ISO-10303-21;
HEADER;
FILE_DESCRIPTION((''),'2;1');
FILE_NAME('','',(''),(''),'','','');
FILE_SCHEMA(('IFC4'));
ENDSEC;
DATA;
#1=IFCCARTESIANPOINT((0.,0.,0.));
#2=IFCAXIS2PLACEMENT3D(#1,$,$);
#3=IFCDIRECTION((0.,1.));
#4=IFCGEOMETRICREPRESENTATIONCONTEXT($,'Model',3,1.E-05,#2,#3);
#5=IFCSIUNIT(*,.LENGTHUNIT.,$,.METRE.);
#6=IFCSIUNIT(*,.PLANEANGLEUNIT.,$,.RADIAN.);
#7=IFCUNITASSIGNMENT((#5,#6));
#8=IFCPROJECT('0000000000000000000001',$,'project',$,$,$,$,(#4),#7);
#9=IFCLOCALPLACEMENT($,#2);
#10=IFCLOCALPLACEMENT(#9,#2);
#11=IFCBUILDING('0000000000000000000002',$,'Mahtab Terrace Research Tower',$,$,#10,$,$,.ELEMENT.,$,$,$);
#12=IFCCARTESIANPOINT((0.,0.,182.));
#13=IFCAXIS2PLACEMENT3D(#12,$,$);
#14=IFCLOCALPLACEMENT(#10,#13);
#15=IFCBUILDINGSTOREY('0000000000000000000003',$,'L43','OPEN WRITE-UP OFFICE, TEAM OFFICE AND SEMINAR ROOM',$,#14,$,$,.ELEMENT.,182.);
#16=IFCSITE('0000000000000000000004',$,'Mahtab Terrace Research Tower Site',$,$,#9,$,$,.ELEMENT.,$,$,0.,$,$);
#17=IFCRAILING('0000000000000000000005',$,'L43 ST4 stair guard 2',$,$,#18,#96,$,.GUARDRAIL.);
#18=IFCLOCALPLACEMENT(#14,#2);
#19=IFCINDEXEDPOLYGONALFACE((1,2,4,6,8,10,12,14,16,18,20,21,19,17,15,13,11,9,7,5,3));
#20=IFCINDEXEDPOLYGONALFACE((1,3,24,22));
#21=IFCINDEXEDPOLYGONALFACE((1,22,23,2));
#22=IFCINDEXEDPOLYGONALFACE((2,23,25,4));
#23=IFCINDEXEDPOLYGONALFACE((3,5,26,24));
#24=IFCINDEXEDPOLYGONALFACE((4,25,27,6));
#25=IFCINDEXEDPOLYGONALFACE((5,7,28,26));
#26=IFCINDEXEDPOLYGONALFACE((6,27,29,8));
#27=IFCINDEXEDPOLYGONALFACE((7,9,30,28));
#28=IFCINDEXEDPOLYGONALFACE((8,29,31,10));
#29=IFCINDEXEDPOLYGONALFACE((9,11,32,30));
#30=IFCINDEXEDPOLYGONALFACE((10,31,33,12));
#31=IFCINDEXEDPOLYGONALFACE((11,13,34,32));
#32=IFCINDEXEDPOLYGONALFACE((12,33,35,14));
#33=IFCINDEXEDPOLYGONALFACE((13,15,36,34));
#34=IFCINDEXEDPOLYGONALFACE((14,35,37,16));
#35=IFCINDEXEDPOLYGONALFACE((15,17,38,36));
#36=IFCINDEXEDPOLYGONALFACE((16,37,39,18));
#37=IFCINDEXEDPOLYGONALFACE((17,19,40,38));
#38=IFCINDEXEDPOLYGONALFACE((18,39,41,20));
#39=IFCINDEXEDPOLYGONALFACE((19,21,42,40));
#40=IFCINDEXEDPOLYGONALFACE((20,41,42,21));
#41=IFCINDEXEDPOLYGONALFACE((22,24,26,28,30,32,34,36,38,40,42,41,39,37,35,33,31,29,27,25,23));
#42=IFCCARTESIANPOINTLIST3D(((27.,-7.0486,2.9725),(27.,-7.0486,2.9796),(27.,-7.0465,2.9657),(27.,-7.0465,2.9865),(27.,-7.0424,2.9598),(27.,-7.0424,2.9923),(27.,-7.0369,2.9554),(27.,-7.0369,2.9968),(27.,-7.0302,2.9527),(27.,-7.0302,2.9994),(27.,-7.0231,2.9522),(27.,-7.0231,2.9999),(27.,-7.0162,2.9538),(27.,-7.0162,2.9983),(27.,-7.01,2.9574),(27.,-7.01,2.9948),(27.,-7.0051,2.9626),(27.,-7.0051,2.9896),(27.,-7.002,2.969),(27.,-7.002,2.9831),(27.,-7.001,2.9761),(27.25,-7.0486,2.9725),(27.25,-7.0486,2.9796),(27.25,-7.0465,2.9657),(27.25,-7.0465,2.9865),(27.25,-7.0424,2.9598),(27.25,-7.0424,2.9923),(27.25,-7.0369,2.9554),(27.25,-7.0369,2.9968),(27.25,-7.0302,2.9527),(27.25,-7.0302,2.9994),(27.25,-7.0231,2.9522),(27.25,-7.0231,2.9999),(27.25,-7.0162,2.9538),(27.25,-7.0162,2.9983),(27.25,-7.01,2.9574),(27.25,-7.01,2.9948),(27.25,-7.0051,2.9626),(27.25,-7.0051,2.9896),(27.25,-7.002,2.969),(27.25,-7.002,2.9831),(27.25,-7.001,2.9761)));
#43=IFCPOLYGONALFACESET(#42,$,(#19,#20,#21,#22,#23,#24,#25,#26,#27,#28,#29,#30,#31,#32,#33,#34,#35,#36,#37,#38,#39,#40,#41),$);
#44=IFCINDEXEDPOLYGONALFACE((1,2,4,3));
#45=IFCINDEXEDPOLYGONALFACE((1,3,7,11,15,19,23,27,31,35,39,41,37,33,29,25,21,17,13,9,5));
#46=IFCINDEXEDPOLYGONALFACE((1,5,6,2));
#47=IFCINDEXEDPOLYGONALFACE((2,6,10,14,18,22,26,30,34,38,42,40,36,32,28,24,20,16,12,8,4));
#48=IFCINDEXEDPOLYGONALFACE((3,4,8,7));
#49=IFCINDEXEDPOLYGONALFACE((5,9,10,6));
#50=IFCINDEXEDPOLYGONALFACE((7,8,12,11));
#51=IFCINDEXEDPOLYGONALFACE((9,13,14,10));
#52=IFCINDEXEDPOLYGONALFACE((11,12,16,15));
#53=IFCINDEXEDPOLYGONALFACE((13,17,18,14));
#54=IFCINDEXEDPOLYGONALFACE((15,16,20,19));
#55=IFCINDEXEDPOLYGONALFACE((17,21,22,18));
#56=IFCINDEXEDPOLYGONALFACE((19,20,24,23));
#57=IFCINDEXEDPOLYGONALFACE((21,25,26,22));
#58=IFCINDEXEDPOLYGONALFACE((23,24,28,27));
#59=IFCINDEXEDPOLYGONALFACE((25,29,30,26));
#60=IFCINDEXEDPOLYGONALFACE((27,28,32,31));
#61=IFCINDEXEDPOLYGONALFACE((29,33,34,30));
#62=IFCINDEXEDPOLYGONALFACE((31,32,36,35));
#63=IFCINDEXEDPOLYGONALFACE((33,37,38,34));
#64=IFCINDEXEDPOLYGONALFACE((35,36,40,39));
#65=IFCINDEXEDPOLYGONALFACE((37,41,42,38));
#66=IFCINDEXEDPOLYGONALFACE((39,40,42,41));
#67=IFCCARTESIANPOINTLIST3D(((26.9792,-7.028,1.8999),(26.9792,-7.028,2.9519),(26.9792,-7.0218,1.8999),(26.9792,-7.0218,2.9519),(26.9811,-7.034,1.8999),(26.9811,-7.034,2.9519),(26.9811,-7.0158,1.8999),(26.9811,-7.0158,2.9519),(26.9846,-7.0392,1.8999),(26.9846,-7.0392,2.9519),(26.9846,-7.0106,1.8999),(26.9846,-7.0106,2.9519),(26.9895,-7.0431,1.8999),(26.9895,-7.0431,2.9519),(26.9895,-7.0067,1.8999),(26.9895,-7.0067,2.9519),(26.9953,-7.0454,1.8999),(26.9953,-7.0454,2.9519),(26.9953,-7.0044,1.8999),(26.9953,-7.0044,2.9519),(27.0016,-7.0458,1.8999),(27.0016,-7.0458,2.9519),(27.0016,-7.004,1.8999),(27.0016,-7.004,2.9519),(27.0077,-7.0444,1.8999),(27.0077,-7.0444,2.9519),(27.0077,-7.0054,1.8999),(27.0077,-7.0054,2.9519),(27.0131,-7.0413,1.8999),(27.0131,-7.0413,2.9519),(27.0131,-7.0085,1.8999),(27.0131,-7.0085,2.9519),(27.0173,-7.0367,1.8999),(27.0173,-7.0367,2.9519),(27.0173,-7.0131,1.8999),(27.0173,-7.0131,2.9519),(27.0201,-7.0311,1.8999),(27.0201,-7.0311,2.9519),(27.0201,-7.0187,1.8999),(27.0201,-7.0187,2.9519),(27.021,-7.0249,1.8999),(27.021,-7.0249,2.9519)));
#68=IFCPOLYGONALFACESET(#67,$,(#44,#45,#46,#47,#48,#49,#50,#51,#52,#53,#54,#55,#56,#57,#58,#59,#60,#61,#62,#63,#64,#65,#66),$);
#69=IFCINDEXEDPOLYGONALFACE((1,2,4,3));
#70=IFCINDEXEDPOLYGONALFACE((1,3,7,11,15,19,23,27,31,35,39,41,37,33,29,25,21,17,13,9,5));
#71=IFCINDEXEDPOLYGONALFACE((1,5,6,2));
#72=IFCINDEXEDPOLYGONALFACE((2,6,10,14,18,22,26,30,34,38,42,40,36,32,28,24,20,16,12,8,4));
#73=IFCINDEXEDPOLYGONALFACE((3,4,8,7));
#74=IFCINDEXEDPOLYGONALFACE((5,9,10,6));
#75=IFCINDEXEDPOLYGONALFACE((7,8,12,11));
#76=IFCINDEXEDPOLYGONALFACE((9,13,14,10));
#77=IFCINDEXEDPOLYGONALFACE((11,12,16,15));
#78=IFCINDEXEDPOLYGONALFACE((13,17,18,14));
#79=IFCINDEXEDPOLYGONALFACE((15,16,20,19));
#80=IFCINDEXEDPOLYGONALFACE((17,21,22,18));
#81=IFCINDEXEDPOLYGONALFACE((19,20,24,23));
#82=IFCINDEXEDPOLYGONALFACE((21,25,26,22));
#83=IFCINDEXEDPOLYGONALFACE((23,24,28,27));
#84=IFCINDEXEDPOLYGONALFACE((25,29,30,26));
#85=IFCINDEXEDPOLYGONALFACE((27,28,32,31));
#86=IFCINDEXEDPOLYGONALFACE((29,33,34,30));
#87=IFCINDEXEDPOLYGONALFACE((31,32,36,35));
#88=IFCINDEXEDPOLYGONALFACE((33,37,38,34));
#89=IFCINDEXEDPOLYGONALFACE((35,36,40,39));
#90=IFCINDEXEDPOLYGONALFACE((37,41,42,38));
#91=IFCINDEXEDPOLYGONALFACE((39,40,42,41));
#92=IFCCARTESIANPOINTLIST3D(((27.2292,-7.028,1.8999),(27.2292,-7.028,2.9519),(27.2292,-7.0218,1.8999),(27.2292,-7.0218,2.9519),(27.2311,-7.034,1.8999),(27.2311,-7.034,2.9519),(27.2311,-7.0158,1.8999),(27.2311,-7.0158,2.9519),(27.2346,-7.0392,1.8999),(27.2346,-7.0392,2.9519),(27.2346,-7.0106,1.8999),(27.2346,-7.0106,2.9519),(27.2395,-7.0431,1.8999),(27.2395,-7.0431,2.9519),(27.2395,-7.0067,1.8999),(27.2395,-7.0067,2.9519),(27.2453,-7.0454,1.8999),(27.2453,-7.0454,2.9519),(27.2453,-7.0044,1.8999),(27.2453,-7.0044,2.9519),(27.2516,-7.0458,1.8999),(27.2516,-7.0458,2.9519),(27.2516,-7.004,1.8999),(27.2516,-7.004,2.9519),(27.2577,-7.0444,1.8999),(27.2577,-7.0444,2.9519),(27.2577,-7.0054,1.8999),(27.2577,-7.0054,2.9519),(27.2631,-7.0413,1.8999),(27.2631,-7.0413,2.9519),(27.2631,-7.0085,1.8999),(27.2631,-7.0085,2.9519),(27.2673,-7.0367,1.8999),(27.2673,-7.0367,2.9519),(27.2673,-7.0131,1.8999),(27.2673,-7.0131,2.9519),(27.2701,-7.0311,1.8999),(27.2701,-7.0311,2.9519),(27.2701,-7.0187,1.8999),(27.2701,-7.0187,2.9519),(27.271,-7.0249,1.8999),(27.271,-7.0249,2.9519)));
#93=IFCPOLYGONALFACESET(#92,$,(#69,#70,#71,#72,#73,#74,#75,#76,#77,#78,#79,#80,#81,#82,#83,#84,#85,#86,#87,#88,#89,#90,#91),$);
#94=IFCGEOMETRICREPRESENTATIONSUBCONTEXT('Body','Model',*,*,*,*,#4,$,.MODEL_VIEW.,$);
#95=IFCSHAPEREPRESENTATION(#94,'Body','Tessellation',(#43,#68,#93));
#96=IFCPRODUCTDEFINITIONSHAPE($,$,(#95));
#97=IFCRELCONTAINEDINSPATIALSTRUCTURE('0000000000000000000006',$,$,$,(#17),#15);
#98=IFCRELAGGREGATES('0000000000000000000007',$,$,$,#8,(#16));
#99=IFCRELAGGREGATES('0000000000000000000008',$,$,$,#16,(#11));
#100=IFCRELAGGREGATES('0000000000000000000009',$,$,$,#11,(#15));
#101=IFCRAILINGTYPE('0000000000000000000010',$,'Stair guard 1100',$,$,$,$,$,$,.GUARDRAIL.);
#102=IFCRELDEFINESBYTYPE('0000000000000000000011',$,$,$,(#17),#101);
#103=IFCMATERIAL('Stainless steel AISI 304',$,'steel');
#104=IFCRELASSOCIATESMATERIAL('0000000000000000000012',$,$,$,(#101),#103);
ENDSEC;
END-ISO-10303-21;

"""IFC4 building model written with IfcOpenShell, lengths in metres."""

from ifc_helpers import new_model, si_unit, direction, frame, origin, origin_2d, place, context, subcontext, project, spatial, circle, extrude, material, type_object, element, save


model = new_model("IFC4")

# Units and contexts
model_context = context("Model", 3, precision=1e-05, world=origin(), true_north=direction((0.0, 1.0)))
body_context = subcontext(model_context, "Body", "Model", "MODEL_VIEW")
ifc_project = project(units=[si_unit("LENGTHUNIT", "METRE"), si_unit("PLANEANGLEUNIT", "RADIAN")], contexts=[model_context])

# Site, building, storey
site_placement = place(None, origin())
site = spatial("IfcSite", under=ifc_project, at=site_placement, Name="Mahtab Terrace Research Tower Site", CompositionType="ELEMENT", RefElevation=0.0)
building_placement = place(site_placement, origin())
building = spatial("IfcBuilding", under=site, at=building_placement, Name="Mahtab Terrace Research Tower", CompositionType="ELEMENT")
storey_placement = place(building_placement, frame((0.0, 0.0, 182.0)))
storey = spatial("IfcBuildingStorey", under=building, at=storey_placement, Name="L43", Description="OPEN WRITE-UP OFFICE, TEAM OFFICE AND SEMINAR ROOM", CompositionType="ELEMENT", Elevation=182.0)

# Railing
ifc_material_1 = material(Name="Stainless steel AISI 304", Category="steel")
railing_type_1 = type_object("IfcRailingType", Name="Stair guard 1100", PredefinedType="GUARDRAIL", material=ifc_material_1)
railing_1_placement = place(storey_placement, frame((27.0, -7.0249, 1.8999)))
element("IfcRailing", 1, at=railing_1_placement, inside=storey, type_object=railing_type_1, Name="L43 ST4 stair guard 2", PredefinedType="GUARDRAIL", context=body_context, shape_type="SweptSolid", body=[
    extrude(circle(Radius=0.0239, at=origin_2d()), frame((0.0, 0.0, 1.0762), z_axis=(1.0, 0.0, 0.0), x_axis=(0.0, 1.0, 0.0)), (0.0, 0.0, 1.0), 0.25),
    extrude(circle(Radius=0.021, at=origin_2d()), origin(), (0.0, 0.0, 1.0), 1.052),
    extrude(circle(Radius=0.021, at=origin_2d()), frame((0.25, 0.0, 0.0)), (0.0, 0.0, 1.0), 1.052),
])

save(model, "model.ifc")
